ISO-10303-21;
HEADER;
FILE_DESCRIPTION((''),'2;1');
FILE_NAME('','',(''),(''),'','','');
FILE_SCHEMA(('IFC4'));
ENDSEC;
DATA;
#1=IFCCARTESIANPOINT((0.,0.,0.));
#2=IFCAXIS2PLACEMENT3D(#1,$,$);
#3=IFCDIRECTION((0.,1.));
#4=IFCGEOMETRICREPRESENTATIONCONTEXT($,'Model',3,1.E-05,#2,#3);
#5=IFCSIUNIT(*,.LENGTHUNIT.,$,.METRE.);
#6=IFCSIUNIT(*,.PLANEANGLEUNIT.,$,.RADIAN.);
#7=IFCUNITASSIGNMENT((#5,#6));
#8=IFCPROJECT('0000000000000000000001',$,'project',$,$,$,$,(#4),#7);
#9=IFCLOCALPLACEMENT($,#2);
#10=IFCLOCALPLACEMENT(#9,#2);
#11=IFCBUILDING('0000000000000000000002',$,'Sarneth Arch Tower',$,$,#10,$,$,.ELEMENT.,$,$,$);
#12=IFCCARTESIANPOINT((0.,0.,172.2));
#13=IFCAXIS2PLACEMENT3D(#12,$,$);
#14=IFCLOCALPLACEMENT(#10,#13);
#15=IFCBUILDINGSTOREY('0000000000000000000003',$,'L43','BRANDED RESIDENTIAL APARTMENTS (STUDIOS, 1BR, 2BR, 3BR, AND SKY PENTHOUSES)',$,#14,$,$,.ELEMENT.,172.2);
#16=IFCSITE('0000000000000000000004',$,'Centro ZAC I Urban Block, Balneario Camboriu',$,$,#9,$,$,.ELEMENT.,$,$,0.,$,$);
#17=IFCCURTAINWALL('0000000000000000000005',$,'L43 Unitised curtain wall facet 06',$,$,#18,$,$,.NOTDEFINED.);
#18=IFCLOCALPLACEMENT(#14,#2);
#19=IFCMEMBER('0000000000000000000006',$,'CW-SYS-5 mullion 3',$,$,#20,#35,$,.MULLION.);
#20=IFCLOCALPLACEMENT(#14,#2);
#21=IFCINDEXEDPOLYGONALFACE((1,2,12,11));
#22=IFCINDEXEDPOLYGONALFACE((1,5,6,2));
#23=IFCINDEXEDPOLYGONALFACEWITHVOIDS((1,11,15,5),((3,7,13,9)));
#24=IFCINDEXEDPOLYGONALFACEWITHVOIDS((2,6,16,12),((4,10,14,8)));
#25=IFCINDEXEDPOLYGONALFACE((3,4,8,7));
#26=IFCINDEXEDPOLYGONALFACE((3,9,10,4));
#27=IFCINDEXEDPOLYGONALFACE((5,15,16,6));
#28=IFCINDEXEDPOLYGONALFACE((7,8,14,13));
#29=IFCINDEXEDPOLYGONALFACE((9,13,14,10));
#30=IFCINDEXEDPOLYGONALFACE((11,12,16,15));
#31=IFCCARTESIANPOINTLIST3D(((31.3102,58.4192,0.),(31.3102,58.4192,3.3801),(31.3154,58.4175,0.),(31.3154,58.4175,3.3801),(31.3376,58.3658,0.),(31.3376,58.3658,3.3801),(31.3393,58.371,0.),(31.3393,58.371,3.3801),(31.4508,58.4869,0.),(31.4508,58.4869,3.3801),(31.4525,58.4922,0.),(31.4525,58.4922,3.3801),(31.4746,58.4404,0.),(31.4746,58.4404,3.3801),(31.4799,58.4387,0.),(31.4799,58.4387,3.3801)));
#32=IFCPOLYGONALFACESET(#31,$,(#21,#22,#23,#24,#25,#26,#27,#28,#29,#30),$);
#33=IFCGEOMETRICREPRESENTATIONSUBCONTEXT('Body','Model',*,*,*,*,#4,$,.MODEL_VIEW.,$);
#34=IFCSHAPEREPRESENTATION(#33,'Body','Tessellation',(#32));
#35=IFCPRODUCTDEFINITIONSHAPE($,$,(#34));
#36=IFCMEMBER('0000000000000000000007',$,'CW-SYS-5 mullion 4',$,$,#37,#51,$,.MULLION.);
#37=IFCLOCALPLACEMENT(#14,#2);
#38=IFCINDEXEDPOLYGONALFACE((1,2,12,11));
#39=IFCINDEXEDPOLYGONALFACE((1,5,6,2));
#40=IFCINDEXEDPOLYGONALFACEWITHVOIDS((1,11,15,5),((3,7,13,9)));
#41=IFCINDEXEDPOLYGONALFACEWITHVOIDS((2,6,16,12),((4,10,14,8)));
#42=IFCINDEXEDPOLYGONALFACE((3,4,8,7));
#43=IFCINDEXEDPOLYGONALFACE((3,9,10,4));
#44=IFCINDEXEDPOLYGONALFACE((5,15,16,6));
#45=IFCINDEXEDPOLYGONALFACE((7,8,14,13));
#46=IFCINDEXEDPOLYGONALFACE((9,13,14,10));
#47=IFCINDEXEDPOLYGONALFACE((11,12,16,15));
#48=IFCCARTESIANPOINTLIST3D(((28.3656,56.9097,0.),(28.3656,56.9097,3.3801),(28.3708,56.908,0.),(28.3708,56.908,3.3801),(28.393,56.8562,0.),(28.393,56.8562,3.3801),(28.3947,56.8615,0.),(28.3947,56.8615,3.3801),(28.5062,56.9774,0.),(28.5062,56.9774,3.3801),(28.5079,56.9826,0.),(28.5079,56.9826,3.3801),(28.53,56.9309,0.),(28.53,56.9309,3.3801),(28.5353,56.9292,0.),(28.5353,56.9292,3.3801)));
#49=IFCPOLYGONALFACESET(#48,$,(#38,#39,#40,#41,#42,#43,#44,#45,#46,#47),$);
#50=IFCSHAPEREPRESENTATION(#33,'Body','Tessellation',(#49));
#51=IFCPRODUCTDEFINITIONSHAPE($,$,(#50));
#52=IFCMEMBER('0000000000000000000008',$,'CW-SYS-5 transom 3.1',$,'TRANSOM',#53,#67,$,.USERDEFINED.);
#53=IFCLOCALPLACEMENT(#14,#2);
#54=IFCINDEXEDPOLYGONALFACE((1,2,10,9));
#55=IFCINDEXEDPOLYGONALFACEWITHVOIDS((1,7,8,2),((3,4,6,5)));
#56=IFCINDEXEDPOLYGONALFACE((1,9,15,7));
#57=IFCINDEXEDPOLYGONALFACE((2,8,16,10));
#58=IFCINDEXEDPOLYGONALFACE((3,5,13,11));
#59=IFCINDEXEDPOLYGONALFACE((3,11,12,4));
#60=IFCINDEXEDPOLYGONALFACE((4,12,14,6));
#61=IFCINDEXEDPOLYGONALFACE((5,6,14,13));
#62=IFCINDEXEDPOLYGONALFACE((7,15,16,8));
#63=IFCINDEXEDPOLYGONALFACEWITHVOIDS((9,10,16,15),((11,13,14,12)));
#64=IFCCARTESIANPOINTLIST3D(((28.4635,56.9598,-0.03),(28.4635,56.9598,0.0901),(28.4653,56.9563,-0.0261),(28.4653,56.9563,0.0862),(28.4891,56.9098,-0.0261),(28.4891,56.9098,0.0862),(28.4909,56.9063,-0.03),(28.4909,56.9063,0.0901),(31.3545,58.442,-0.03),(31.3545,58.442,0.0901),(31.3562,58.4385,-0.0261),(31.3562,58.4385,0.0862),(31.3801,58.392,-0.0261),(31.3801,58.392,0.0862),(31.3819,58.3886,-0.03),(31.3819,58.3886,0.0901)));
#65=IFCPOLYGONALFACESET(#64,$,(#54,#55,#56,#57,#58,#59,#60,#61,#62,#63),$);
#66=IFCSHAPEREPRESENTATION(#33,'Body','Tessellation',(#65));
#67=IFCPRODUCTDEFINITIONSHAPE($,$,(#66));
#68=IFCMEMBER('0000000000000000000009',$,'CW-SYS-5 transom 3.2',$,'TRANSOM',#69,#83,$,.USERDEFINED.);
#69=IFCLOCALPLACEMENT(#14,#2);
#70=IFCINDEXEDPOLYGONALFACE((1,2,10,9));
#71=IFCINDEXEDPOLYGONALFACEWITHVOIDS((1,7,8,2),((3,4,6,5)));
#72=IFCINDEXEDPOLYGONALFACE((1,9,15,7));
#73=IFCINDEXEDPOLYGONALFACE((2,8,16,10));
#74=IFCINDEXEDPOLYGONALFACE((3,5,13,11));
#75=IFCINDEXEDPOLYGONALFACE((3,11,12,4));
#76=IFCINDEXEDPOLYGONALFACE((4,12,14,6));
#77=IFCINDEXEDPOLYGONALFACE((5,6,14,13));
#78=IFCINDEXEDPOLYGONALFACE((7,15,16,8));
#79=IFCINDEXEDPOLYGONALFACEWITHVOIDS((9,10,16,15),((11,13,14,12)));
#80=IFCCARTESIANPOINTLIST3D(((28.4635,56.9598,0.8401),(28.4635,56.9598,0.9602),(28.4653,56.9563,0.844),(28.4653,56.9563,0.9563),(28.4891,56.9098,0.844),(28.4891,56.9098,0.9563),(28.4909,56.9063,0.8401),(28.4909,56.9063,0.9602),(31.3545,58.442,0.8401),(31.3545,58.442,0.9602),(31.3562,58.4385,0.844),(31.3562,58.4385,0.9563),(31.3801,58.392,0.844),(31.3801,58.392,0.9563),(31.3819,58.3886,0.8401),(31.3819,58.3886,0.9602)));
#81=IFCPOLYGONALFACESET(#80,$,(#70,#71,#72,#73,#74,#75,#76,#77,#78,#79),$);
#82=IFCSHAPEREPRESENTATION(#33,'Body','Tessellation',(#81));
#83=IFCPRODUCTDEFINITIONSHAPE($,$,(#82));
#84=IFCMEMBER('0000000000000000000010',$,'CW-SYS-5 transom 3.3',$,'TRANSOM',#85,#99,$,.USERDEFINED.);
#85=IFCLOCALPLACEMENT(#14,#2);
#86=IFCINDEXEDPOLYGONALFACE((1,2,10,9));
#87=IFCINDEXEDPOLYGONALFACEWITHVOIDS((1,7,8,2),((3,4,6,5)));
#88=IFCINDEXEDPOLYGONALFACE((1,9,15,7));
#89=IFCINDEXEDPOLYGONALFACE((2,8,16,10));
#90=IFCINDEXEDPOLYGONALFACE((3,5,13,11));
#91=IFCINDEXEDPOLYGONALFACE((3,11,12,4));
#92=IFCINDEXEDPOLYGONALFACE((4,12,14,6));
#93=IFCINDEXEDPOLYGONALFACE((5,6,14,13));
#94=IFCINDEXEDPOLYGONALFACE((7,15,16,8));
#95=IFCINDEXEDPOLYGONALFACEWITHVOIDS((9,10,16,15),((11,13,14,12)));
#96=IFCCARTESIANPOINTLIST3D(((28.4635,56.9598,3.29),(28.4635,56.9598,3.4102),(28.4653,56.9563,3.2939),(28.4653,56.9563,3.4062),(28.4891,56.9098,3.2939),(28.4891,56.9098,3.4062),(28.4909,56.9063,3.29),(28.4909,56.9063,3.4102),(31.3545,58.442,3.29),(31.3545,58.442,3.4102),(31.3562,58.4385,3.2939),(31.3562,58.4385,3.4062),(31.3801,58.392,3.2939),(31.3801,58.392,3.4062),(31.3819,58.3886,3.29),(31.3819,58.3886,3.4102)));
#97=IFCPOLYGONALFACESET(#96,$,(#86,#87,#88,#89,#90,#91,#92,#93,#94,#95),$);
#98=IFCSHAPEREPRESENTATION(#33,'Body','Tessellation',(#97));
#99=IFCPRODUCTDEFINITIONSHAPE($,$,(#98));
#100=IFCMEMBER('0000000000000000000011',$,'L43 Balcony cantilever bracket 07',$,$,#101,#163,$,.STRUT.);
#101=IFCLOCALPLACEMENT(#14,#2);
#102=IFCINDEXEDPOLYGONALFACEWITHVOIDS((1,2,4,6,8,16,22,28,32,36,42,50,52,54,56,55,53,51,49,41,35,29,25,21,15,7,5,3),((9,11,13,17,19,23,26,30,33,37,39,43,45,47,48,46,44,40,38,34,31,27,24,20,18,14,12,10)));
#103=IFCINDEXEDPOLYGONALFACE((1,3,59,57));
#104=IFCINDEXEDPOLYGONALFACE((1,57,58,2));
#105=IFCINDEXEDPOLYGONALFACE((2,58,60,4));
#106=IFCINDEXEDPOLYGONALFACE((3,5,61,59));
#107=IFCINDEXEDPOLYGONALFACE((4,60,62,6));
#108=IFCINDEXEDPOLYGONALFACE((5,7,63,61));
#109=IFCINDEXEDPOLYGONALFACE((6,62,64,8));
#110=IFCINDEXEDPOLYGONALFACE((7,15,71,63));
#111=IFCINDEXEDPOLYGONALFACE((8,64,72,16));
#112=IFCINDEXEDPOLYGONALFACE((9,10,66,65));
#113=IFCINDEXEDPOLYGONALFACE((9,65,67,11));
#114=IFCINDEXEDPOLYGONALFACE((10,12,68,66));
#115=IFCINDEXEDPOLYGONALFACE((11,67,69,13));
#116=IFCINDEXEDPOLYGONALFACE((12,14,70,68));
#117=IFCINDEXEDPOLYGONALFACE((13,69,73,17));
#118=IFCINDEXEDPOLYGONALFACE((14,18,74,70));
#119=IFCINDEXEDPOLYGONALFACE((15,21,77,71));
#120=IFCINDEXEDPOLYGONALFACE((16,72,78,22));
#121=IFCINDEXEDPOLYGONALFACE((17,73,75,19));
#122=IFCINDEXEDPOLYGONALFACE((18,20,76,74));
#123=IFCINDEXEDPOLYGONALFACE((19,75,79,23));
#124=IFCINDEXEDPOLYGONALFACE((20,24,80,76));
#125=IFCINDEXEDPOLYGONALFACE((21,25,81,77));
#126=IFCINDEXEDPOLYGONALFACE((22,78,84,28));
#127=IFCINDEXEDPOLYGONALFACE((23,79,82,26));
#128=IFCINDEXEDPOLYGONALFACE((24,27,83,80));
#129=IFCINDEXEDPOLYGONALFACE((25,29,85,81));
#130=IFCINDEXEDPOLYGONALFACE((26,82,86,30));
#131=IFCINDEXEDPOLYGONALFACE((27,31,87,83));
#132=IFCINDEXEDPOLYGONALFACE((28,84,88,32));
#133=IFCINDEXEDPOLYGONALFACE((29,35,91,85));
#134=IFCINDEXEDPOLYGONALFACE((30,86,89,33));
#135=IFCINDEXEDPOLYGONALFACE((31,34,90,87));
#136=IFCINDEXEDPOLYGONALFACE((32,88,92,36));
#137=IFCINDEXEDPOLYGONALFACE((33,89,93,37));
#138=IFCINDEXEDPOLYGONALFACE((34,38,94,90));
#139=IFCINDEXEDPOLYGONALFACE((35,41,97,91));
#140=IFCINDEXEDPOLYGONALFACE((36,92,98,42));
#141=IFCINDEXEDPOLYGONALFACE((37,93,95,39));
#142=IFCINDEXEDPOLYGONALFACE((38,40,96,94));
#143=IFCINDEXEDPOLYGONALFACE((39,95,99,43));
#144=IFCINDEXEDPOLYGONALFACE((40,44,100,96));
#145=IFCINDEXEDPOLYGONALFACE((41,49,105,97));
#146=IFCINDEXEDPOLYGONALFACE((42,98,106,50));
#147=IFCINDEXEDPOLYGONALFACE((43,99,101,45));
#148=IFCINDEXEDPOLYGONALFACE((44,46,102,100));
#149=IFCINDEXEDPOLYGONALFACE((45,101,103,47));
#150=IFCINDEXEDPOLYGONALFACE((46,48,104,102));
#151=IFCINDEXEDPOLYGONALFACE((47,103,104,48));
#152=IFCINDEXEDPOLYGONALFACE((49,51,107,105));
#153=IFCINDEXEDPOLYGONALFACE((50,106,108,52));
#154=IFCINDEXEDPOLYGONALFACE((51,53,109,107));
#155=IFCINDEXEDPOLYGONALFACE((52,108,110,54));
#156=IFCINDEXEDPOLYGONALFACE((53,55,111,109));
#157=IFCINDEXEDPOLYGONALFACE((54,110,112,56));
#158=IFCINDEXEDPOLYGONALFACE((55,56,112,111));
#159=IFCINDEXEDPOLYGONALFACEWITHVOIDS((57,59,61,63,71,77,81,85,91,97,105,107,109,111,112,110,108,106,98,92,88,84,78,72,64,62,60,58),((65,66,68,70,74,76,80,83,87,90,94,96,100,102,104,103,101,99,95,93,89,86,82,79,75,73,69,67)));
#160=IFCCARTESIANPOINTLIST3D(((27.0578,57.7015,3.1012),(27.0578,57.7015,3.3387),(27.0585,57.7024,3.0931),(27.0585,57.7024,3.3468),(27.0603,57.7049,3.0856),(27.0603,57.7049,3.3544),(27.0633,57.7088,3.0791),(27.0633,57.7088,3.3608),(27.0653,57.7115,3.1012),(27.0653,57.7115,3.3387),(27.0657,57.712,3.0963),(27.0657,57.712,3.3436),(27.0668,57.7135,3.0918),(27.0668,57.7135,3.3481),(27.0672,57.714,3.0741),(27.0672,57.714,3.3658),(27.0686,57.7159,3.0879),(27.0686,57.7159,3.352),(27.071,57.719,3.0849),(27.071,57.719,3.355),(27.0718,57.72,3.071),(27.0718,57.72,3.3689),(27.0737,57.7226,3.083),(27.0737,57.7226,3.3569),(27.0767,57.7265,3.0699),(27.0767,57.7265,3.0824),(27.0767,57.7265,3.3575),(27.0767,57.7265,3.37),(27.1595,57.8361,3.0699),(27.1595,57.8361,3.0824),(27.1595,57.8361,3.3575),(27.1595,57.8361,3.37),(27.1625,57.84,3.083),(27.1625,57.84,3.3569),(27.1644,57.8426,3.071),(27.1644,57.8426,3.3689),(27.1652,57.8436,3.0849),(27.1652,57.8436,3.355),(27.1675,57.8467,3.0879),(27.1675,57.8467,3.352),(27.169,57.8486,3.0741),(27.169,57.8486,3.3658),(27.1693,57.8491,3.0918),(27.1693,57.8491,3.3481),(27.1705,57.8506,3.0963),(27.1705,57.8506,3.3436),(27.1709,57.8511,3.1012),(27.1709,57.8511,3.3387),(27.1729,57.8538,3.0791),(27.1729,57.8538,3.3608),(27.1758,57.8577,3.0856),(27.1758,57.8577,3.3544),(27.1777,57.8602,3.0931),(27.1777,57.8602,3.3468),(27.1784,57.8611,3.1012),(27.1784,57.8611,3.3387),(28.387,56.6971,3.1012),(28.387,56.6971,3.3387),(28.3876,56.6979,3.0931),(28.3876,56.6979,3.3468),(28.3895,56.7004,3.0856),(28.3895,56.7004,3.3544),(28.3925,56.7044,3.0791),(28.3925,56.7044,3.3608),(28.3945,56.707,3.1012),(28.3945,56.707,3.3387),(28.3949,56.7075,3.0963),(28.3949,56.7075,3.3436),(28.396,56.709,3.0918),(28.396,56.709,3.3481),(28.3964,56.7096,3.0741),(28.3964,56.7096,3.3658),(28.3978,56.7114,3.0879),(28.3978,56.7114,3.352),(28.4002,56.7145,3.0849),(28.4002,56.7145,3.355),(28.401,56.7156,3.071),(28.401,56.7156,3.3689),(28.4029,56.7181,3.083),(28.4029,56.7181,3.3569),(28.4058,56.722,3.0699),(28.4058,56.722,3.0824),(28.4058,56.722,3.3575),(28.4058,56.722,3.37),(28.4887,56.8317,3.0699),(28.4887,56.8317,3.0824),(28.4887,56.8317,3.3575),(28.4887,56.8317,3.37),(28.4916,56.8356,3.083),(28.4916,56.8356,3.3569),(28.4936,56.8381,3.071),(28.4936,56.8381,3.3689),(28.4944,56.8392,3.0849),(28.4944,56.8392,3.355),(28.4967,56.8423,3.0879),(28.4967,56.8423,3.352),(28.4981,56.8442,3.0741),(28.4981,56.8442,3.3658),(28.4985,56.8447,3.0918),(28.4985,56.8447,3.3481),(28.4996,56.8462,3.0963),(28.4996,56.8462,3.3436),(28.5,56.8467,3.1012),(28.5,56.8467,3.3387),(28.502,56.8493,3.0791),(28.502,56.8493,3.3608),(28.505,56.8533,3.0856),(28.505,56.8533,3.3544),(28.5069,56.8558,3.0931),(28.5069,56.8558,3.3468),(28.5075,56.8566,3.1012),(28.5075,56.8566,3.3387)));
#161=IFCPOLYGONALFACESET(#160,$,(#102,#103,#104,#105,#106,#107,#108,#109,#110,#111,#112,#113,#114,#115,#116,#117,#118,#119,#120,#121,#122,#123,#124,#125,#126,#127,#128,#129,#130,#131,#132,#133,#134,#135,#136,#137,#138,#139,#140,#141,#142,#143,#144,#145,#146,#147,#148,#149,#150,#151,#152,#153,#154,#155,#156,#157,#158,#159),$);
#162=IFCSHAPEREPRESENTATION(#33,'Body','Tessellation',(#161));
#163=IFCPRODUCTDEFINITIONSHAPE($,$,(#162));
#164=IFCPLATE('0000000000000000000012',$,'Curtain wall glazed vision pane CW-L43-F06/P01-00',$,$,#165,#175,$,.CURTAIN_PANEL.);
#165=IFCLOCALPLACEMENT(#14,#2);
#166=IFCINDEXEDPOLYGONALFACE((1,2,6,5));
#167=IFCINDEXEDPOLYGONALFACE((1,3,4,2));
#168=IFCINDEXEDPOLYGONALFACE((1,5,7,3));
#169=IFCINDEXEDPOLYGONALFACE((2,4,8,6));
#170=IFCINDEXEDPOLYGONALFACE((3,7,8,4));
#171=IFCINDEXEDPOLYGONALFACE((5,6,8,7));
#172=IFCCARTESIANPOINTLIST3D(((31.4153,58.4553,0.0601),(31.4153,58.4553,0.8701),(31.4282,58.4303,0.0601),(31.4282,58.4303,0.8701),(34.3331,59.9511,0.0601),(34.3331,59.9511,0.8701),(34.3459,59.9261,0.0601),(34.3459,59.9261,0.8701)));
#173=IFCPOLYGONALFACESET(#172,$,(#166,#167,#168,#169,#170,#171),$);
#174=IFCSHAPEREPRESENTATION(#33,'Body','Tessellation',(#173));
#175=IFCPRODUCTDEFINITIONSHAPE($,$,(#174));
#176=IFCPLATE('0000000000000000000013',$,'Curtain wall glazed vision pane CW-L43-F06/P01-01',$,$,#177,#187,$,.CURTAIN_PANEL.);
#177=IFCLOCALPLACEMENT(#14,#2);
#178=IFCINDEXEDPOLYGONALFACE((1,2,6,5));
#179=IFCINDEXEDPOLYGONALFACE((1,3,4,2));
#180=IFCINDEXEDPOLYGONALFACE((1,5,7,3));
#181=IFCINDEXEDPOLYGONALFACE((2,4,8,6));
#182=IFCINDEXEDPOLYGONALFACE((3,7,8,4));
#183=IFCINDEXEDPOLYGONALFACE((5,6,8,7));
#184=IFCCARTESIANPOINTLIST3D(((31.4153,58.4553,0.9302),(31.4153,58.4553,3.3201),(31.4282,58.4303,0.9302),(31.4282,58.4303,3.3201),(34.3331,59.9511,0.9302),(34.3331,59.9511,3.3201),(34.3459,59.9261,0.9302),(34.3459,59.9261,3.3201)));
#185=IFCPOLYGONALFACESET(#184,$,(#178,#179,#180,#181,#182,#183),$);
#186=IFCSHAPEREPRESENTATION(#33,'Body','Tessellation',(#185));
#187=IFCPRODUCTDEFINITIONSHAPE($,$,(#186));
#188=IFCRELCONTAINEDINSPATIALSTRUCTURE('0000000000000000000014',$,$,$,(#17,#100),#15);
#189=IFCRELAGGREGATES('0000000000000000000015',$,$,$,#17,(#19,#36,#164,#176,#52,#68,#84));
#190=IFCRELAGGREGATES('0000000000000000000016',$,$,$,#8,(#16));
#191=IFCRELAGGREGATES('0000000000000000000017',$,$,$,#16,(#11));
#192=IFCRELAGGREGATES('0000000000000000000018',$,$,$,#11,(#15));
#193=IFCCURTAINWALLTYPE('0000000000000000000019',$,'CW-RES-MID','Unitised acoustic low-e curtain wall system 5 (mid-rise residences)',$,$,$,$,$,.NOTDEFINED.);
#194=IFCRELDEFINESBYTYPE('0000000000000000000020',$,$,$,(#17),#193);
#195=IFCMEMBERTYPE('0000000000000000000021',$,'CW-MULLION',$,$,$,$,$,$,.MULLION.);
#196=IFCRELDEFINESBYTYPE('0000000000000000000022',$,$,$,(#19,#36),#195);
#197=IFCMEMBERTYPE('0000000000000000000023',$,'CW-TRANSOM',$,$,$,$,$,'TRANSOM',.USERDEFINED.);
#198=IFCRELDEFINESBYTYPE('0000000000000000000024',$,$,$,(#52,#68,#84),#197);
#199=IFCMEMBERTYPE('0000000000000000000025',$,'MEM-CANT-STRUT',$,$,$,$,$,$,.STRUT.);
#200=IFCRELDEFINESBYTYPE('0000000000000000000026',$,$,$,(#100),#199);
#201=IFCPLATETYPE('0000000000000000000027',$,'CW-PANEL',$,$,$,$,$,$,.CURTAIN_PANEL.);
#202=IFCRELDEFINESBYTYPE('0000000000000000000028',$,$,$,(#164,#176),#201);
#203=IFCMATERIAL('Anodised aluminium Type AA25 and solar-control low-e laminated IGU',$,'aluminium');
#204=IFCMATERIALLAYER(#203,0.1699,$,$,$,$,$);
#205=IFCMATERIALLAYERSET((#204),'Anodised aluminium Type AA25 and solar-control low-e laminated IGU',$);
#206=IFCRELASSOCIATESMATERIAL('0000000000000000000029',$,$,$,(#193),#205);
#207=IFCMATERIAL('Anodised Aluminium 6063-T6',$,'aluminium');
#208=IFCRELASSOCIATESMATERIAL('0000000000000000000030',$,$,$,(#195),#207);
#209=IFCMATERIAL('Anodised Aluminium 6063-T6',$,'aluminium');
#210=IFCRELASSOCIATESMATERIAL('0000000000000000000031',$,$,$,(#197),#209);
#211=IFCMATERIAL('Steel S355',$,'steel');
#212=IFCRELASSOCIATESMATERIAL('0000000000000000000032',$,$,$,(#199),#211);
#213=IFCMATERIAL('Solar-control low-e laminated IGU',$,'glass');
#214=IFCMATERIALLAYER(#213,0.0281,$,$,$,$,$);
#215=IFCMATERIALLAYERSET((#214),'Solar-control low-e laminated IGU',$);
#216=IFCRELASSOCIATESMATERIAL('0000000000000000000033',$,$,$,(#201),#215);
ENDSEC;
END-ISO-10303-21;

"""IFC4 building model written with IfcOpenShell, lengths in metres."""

from ifc_helpers import new_model, si_unit, direction, frame, origin, origin_2d, place, context, subcontext, project, spatial, rectangle, hollow_rectangle, extrude, material, layer, layer_set, material_profile, profile_set, type_object, element, aggregate, save


model = new_model("IFC4")

# Units and contexts
model_context = context("Model", 3, precision=1e-05, world=origin(), true_north=direction((0.0, 1.0)))
body_context = subcontext(model_context, "Body", "Model", "MODEL_VIEW")
ifc_project = project(units=[si_unit("LENGTHUNIT", "METRE"), si_unit("PLANEANGLEUNIT", "RADIAN")], contexts=[model_context])

# Site, building, storey
site_placement = place(None, origin())
site = spatial("IfcSite", under=ifc_project, at=site_placement, Name="Centro ZAC I Urban Block, Balneario Camboriu", CompositionType="ELEMENT", RefElevation=0.0)
building_placement = place(site_placement, origin())
building = spatial("IfcBuilding", under=site, at=building_placement, Name="Sarneth Arch Tower", CompositionType="ELEMENT")
storey_placement = place(building_placement, frame((0.0, 0.0, 172.2)))
storey = spatial("IfcBuildingStorey", under=building, at=storey_placement, Name="L43", Description="BRANDED RESIDENTIAL APARTMENTS (STUDIOS, 1BR, 2BR, 3BR, AND SKY PENTHOUSES)", CompositionType="ELEMENT", Elevation=172.2)

# Curtain wall, members
ifc_material_1 = material(Name="Anodised aluminium Type AA25 and solar-control low-e laminated IGU", Category="aluminium")
ifc_layer_1 = layer(ifc_material_1, 0.1699)
ifc_layer_set_1 = layer_set([ifc_layer_1], Name="Anodised aluminium Type AA25 and solar-control low-e laminated IGU")
curtain_wall_type = type_object("IfcCurtainWallType", Name="CW-RES-MID", Description="Unitised acoustic low-e curtain wall system 5 (mid-rise residences)", PredefinedType="NOTDEFINED", material=ifc_layer_set_1)
curtain_wall_placement = place(storey_placement, origin())
curtain_wall = element("IfcCurtainWall", 1, at=curtain_wall_placement, inside=storey, type_object=curtain_wall_type, Name="L43 Unitised curtain wall facet 06", PredefinedType="NOTDEFINED")
ifc_material_2 = material(Name="Anodised Aluminium 6063-T6", Category="aluminium")
ifc_material_profile_1 = material_profile(ifc_material_2, hollow_rectangle(XDim=0.0601, YDim=0.1599, WallThickness=0.0039, at=origin_2d()), Name="AL-MULL-160x60x4")
ifc_profile_set_1 = profile_set([ifc_material_profile_1], Name="Anodised Aluminium 6063-T6")
member_type_1 = type_object("IfcMemberType", Name="CW-MULLION", PredefinedType="MULLION", material=ifc_profile_set_1)
member_1_placement = place(storey_placement, frame((31.395, 58.429, 0.0), z_axis=(0.0, 0.0, 1.0), x_axis=(0.456208, -0.889873, 0.0)))
member_1 = element("IfcMember", 2, at=member_1_placement, type_object=member_type_1, Name="CW-SYS-5 mullion 3", PredefinedType="MULLION", context=body_context, shape_type="SweptSolid", body=[
    extrude(hollow_rectangle(XDim=0.0601, YDim=0.1599, WallThickness=0.0039, at=origin_2d()), origin(), (0.0, 0.0, 1.0), 3.3801),
])
member_2_placement = place(storey_placement, frame((28.4504, 56.9194, 0.0), z_axis=(0.0, 0.0, 1.0), x_axis=(0.456208, -0.889873, 0.0)))
member_2 = element("IfcMember", 3, at=member_2_placement, type_object=member_type_1, Name="CW-SYS-5 mullion 4", PredefinedType="MULLION", context=body_context, shape_type="SweptSolid", body=[
    extrude(hollow_rectangle(XDim=0.0601, YDim=0.1599, WallThickness=0.0039, at=origin_2d()), origin(), (0.0, 0.0, 1.0), 3.3801),
])
ifc_material_3 = material(Name="Anodised Aluminium 6063-T6", Category="aluminium")
ifc_material_profile_2 = material_profile(ifc_material_3, hollow_rectangle(XDim=0.0601, YDim=0.1201, WallThickness=0.0039, at=origin_2d()), Name="AL-TRAN-120x60x4")
ifc_profile_set_2 = profile_set([ifc_material_profile_2], Name="Anodised Aluminium 6063-T6")
member_type_2 = type_object("IfcMemberType", Name="CW-TRANSOM", ElementType="TRANSOM", PredefinedType="USERDEFINED", material=ifc_profile_set_2)
member_3_placement = place(storey_placement, frame((31.3682, 58.4153, 0.03), z_axis=(-0.889857, -0.456239, 0.0), x_axis=(0.456239, -0.889857, 0.0)))
member_3 = element("IfcMember", 4, at=member_3_placement, type_object=member_type_2, Name="CW-SYS-5 transom 3.1", ObjectType="TRANSOM", PredefinedType="USERDEFINED", context=body_context, shape_type="SweptSolid", body=[
    extrude(hollow_rectangle(XDim=0.0601, YDim=0.1201, WallThickness=0.0039, at=origin_2d()), origin(), (0.0, 0.0, 1.0), 3.2488),
])
member_4_placement = place(storey_placement, frame((31.3682, 58.4153, 0.9001), z_axis=(-0.889857, -0.456239, 0.0), x_axis=(0.456239, -0.889857, 0.0)))
member_4 = element("IfcMember", 5, at=member_4_placement, type_object=member_type_2, Name="CW-SYS-5 transom 3.2", ObjectType="TRANSOM", PredefinedType="USERDEFINED", context=body_context, shape_type="SweptSolid", body=[
    extrude(hollow_rectangle(XDim=0.0601, YDim=0.1201, WallThickness=0.0039, at=origin_2d()), origin(), (0.0, 0.0, 1.0), 3.2488),
])
member_5_placement = place(storey_placement, frame((31.3682, 58.4153, 3.3501), z_axis=(-0.889857, -0.456239, 0.0), x_axis=(0.456239, -0.889857, 0.0)))
member_5 = element("IfcMember", 6, at=member_5_placement, type_object=member_type_2, Name="CW-SYS-5 transom 3.3", ObjectType="TRANSOM", PredefinedType="USERDEFINED", context=body_context, shape_type="SweptSolid", body=[
    extrude(hollow_rectangle(XDim=0.0601, YDim=0.1201, WallThickness=0.0039, at=origin_2d()), origin(), (0.0, 0.0, 1.0), 3.2488),
])

# Member
ifc_material_4 = material(Name="Steel S355", Category="steel")
ifc_material_profile_3 = material_profile(ifc_material_4, hollow_rectangle(XDim=0.2, YDim=0.3, WallThickness=0.0125, InnerFilletRadius=0.0188, OuterFilletRadius=0.0312, at=origin_2d()), Name="RHS300x200x12.5")
ifc_profile_set_3 = profile_set([ifc_material_profile_3], Name="Steel S355")
member_type_3 = type_object("IfcMemberType", Name="MEM-CANT-STRUT", PredefinedType="STRUT", material=ifc_profile_set_3)
member_6_placement = place(storey_placement, frame((28.4473, 56.7769, 3.22), z_axis=(-0.797814, 0.602904, 0.0), x_axis=(-0.602904, -0.797814, 0.0)))
element("IfcMember", 7, at=member_6_placement, inside=storey, type_object=member_type_3, Name="L43 Balcony cantilever bracket 07", PredefinedType="STRUT", context=body_context, shape_type="SweptSolid", body=[
    extrude(hollow_rectangle(XDim=0.2, YDim=0.3, WallThickness=0.0125, InnerFilletRadius=0.0188, OuterFilletRadius=0.0312, at=origin_2d()), origin(), (0.0, 0.0, 1.0), 1.666),
])

# Plates
ifc_material_5 = material(Name="Solar-control low-e laminated IGU", Category="glass")
ifc_layer_2 = layer(ifc_material_5, 0.0281)
ifc_layer_set_2 = layer_set([ifc_layer_2], Name="Solar-control low-e laminated IGU")
plate_type_1 = type_object("IfcPlateType", Name="CW-PANEL", PredefinedType="CURTAIN_PANEL", material=ifc_layer_set_2)
plate_1_placement = place(storey_placement, frame((32.8806, 59.1907, 0.0601), z_axis=(0.0, 0.0, 1.0), x_axis=(-0.889873, -0.456208, 0.0)))
plate_1 = element("IfcPlate", 8, at=plate_1_placement, type_object=plate_type_1, Name="Curtain wall glazed vision pane CW-L43-F06/P01-00", PredefinedType="CURTAIN_PANEL", context=body_context, shape_type="SweptSolid", body=[
    extrude(rectangle(XDim=3.2788, YDim=0.0281, at=origin_2d()), origin(), (0.0, 0.0, 1.0), 0.8101),
])
plate_2_placement = place(storey_placement, frame((32.8806, 59.1907, 0.9302), z_axis=(0.0, 0.0, 1.0), x_axis=(-0.889873, -0.456208, 0.0)))
plate_2 = element("IfcPlate", 9, at=plate_2_placement, type_object=plate_type_1, Name="Curtain wall glazed vision pane CW-L43-F06/P01-01", PredefinedType="CURTAIN_PANEL", context=body_context, shape_type="SweptSolid", body=[
    extrude(rectangle(XDim=3.2788, YDim=0.0281, at=origin_2d()), origin(), (0.0, 0.0, 1.0), 2.3899),
])
aggregate(curtain_wall, [member_1, member_2, plate_1, plate_2, member_3, member_4, member_5])

save(model, "model.ifc")
